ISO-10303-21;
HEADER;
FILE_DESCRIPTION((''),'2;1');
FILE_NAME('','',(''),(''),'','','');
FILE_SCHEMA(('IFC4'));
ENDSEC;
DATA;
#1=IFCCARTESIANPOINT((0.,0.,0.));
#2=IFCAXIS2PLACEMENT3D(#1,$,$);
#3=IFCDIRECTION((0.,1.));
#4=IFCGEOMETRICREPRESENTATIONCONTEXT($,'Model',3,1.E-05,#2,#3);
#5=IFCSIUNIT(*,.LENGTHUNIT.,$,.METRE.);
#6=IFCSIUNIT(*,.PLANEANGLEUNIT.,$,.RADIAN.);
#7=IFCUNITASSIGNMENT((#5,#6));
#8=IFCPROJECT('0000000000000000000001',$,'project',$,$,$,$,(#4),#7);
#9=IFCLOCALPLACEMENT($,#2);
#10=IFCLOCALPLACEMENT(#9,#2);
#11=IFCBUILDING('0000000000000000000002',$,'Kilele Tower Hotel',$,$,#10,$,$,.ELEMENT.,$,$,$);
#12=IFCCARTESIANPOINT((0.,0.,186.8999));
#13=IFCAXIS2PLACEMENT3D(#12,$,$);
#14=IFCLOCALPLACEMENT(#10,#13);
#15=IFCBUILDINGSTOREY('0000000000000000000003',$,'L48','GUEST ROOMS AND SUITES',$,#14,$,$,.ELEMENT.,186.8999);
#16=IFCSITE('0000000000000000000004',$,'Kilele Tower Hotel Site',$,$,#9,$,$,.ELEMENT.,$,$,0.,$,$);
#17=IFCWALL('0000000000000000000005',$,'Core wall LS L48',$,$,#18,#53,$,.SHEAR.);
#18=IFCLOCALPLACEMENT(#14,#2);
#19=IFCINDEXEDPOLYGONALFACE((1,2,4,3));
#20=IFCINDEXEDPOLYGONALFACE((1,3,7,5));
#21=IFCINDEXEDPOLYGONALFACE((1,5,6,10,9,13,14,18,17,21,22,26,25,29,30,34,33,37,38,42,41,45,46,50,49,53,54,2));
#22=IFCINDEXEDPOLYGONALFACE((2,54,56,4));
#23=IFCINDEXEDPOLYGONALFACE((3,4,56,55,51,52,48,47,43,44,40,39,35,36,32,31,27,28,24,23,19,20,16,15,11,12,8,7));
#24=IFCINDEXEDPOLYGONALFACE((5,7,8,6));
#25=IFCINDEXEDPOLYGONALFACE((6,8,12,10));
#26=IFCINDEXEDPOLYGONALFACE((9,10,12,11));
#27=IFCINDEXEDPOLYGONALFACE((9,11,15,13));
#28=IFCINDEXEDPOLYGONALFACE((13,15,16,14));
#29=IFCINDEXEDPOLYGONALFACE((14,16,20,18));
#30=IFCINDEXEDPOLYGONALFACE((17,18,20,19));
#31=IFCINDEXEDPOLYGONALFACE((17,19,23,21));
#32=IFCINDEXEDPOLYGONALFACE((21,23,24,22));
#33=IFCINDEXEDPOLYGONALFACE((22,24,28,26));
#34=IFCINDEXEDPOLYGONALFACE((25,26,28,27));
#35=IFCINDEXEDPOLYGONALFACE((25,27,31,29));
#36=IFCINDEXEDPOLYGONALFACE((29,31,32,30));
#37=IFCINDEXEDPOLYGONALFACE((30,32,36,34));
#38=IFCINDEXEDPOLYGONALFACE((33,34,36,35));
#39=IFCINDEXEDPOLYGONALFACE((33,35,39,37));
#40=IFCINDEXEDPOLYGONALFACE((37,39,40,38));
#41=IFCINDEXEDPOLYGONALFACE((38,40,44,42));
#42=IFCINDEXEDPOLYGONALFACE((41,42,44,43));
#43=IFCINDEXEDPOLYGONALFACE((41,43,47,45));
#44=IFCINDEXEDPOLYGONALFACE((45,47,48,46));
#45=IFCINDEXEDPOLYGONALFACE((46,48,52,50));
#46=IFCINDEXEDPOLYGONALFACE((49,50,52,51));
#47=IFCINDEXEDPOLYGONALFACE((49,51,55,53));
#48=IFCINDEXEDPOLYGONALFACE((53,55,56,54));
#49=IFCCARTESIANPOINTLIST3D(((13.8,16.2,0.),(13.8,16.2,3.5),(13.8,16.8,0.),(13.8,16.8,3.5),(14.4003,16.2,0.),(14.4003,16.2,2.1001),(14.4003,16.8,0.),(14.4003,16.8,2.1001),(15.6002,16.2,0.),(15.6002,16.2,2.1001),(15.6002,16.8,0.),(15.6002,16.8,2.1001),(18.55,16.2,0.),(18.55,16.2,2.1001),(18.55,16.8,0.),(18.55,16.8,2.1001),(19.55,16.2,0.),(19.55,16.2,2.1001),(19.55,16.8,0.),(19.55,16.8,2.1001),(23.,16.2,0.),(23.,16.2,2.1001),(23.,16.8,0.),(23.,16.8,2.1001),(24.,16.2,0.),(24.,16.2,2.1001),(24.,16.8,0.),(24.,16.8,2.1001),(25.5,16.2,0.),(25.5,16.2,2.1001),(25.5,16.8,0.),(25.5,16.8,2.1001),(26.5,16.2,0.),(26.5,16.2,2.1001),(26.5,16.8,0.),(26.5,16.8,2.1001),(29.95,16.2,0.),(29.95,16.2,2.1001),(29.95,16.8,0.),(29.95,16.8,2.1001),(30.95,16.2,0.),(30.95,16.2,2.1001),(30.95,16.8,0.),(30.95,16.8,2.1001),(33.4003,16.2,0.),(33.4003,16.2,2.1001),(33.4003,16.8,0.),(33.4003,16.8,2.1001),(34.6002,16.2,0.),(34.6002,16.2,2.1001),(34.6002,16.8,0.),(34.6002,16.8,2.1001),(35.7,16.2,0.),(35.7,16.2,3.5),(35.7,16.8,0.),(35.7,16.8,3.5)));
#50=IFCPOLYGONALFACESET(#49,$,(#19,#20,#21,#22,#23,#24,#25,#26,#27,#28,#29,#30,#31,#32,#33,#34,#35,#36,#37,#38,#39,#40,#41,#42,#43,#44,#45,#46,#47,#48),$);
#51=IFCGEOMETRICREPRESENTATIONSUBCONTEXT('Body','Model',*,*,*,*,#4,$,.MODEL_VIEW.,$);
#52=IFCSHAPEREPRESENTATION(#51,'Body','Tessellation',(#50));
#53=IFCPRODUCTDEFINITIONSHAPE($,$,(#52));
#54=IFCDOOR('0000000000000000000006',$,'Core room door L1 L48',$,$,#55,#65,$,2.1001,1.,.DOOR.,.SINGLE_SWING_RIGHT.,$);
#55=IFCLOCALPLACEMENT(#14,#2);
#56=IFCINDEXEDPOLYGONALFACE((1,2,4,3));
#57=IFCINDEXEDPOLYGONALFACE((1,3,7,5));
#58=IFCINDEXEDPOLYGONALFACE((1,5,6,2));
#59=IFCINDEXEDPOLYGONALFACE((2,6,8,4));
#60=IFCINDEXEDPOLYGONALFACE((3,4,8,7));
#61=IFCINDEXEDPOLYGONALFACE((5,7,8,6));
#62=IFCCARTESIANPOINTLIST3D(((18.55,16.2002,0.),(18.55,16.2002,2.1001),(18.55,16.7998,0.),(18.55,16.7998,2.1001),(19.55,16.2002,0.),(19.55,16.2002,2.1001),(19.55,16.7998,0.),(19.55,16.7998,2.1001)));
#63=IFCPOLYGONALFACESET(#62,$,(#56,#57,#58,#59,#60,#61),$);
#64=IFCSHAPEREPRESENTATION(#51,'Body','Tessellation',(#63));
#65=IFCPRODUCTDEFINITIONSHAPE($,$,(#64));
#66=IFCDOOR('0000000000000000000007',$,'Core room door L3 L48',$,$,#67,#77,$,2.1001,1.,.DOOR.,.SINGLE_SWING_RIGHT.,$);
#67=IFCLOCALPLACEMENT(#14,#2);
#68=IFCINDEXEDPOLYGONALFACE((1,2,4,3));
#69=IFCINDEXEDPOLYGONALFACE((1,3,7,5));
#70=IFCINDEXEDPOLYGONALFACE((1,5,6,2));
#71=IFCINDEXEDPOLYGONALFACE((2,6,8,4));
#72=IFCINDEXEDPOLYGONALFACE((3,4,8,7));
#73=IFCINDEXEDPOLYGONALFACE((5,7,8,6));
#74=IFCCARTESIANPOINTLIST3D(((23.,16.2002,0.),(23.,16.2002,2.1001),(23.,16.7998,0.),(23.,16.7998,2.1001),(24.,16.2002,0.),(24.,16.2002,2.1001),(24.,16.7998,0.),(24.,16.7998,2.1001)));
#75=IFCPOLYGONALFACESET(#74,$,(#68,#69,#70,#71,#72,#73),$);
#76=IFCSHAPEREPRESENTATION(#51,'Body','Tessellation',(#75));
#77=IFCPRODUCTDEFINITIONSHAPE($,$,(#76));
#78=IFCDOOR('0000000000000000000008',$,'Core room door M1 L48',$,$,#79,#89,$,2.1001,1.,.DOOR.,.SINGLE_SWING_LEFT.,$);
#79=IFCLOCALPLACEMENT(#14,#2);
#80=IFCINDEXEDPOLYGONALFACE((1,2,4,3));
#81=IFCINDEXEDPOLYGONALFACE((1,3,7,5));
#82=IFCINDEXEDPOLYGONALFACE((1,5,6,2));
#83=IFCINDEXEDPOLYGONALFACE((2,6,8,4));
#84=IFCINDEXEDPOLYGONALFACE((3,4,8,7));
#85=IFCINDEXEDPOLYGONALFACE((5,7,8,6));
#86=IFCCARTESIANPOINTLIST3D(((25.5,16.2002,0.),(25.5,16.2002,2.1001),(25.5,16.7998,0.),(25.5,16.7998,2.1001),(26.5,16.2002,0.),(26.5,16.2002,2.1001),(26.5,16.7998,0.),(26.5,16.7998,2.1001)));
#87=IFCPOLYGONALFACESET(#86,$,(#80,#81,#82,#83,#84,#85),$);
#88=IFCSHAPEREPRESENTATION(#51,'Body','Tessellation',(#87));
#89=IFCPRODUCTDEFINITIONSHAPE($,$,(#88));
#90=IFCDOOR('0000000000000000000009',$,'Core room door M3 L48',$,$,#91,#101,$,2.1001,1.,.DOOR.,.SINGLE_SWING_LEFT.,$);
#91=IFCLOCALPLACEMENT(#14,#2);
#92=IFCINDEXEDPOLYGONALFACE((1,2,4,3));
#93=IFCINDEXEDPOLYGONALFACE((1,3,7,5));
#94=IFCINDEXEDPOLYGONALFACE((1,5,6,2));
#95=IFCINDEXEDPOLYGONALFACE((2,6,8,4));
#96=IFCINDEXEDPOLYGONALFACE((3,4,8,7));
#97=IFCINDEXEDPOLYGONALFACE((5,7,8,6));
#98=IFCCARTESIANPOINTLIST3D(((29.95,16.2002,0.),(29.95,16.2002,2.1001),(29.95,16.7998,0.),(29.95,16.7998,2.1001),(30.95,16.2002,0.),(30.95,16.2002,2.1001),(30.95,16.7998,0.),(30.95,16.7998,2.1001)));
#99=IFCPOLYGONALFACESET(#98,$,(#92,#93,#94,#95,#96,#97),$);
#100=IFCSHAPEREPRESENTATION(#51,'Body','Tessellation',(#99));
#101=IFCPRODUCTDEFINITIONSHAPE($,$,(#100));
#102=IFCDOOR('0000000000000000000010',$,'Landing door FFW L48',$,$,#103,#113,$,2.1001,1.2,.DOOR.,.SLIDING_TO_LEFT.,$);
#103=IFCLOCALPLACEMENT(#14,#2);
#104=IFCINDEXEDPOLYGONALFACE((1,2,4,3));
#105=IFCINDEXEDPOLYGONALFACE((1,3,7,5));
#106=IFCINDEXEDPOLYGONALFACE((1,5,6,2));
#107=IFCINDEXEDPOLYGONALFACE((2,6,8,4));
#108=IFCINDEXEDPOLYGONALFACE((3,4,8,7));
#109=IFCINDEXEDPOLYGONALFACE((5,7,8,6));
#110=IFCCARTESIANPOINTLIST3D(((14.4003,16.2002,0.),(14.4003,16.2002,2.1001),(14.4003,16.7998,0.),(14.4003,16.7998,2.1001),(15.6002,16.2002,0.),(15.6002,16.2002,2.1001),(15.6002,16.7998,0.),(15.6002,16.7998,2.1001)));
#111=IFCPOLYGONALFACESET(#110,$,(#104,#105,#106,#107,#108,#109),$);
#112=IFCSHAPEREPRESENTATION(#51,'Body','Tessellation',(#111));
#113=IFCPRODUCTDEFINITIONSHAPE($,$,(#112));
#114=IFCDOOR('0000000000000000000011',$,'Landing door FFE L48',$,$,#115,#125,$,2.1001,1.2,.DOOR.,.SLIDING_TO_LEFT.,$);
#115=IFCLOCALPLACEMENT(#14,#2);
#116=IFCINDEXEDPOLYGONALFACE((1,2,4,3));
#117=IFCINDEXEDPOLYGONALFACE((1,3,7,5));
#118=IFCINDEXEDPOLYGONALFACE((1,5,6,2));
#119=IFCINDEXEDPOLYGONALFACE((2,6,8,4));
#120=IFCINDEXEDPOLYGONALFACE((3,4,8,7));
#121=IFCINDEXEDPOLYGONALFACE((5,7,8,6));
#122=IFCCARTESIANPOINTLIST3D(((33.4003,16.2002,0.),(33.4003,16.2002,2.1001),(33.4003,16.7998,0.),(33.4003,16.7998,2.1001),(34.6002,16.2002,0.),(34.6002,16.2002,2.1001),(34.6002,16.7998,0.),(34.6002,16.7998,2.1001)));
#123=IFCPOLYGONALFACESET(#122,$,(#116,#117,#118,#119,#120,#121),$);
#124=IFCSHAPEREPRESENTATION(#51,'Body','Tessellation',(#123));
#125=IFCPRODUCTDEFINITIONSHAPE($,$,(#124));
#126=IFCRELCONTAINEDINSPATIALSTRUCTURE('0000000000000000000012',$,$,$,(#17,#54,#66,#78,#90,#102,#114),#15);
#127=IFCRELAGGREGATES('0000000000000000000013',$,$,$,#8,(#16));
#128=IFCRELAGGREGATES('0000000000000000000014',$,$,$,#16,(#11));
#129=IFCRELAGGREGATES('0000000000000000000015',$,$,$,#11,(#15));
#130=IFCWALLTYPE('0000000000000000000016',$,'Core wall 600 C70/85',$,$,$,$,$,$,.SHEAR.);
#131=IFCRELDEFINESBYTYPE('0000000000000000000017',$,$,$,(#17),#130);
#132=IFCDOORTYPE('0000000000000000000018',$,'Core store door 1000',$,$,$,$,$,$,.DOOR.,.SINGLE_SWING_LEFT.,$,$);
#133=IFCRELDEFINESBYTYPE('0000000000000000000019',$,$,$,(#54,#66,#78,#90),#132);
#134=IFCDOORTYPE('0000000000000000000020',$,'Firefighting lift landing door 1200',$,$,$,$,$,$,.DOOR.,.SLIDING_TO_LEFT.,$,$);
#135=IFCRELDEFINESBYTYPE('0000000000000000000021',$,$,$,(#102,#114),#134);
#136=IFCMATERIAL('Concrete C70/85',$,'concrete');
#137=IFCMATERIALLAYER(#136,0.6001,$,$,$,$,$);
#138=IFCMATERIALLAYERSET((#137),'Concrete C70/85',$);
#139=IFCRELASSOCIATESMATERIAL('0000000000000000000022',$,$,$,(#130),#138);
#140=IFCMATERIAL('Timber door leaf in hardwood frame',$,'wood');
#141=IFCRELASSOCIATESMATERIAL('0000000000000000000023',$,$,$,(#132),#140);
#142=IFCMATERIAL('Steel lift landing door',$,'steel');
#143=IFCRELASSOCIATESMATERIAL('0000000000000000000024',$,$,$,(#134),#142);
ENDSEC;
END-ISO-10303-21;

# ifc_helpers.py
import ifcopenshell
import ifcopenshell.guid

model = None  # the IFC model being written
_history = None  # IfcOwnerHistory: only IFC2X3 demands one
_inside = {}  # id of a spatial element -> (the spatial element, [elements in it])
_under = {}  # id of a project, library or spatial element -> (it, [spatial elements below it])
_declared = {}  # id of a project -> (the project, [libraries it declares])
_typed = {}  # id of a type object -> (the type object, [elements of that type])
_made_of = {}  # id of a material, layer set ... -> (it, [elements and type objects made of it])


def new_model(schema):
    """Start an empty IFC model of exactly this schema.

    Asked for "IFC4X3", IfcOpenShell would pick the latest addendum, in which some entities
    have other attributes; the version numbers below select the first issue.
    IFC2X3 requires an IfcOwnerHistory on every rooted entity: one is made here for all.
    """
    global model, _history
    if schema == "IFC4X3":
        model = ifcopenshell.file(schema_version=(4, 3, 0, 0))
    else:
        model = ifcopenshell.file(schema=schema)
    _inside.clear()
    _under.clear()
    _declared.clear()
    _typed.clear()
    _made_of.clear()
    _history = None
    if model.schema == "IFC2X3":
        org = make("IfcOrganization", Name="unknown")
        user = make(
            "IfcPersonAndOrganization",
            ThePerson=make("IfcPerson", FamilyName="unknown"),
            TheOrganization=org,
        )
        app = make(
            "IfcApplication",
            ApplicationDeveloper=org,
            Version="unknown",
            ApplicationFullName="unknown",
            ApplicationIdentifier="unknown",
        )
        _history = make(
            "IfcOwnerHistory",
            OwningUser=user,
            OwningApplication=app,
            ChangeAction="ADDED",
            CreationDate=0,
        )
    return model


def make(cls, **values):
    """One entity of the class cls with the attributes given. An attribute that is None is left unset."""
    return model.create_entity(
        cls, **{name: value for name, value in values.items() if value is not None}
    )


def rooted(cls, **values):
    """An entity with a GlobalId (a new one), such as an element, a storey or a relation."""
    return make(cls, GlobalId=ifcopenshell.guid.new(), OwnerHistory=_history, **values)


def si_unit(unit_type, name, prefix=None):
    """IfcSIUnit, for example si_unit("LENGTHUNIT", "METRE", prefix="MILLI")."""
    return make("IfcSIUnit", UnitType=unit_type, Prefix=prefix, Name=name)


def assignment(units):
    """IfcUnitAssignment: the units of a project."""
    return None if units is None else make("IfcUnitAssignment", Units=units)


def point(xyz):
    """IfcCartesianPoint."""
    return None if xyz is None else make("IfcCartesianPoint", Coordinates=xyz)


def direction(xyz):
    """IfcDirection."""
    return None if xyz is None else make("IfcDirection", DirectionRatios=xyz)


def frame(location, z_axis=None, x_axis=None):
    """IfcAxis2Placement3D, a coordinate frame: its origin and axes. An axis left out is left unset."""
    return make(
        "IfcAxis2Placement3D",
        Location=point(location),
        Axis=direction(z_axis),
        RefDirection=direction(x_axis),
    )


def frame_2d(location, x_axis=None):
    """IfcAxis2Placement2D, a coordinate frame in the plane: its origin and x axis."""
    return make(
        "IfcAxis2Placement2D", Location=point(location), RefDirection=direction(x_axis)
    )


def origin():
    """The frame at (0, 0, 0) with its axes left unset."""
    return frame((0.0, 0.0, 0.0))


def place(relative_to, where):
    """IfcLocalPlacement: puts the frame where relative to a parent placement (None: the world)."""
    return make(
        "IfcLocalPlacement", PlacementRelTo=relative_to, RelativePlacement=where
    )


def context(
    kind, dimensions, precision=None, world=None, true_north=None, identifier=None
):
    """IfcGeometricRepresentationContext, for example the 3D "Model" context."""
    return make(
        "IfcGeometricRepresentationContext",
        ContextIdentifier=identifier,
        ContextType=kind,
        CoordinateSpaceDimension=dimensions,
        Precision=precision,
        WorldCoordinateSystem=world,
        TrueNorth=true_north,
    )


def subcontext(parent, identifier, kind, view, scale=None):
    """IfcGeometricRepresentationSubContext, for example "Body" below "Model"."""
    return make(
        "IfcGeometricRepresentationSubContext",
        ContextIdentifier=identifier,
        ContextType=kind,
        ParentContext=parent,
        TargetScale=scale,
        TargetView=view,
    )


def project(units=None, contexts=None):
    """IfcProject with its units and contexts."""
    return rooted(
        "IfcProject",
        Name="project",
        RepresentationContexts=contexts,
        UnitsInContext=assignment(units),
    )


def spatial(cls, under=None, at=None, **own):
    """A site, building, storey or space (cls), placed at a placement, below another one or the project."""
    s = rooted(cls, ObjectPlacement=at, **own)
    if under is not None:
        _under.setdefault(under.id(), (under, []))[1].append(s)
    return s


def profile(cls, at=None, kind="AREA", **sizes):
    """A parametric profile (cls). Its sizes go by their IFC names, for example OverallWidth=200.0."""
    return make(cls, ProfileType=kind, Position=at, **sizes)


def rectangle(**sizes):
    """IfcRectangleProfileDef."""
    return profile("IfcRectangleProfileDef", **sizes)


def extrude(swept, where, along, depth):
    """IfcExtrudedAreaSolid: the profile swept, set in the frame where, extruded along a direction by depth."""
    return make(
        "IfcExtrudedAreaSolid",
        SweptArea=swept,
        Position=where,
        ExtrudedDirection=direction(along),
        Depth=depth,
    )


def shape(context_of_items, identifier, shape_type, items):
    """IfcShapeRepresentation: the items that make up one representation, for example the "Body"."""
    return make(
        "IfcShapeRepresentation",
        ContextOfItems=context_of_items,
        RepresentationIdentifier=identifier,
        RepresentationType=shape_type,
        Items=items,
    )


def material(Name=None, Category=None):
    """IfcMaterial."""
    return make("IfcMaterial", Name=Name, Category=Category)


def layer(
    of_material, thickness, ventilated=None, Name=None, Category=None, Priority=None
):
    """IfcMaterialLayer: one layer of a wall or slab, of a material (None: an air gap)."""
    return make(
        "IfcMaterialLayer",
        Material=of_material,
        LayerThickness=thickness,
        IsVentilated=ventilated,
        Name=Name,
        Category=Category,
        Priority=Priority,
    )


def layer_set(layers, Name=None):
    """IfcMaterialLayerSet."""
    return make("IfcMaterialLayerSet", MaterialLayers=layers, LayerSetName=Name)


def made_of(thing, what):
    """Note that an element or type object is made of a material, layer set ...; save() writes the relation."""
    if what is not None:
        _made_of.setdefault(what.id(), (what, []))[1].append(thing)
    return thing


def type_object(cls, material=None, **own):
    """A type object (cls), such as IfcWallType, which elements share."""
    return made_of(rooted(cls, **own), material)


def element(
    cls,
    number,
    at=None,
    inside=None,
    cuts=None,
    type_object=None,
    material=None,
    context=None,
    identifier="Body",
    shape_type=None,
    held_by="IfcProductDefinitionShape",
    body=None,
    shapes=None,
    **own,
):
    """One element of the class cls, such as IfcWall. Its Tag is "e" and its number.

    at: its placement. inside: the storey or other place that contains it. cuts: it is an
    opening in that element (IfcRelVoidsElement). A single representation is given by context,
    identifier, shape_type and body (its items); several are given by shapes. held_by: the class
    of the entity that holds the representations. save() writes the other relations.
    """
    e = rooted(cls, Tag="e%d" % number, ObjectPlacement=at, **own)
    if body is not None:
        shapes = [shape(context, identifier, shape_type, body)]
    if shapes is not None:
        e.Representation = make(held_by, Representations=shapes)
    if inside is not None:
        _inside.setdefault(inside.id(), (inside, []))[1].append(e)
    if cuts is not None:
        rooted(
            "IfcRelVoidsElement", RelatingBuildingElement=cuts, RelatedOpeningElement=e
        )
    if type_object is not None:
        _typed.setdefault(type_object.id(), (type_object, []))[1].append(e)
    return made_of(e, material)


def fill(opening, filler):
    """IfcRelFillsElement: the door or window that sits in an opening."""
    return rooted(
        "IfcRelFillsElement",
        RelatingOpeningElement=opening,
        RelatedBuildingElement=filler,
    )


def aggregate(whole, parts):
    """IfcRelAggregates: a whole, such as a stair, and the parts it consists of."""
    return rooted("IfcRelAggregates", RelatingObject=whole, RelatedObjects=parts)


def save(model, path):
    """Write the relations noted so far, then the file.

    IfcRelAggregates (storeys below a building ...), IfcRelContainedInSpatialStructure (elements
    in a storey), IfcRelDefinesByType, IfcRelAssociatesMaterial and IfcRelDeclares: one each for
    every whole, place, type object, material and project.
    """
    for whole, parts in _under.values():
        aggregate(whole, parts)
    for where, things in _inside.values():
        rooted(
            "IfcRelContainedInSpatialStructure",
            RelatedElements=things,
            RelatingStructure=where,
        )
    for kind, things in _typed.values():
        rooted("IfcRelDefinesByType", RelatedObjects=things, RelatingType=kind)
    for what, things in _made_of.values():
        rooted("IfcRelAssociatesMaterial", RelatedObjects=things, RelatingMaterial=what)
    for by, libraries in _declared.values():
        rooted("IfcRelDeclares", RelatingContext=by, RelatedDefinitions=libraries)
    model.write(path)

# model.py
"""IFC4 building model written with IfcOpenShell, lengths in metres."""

from ifc_helpers import new_model, si_unit, direction, frame, frame_2d, origin, place, context, subcontext, project, spatial, rectangle, extrude, material, layer, layer_set, type_object, element, fill, save


model = new_model("IFC4")

# Units and contexts
model_context = context("Model", 3, precision=1e-05, world=origin(), true_north=direction((0.0, 1.0)))
body_context = subcontext(model_context, "Body", "Model", "MODEL_VIEW")
ifc_project = project(units=[si_unit("LENGTHUNIT", "METRE"), si_unit("PLANEANGLEUNIT", "RADIAN")], contexts=[model_context])

# Site, building, storey
site_placement = place(None, origin())
site = spatial("IfcSite", under=ifc_project, at=site_placement, Name="Kilele Tower Hotel Site", CompositionType="ELEMENT", RefElevation=0.0)
building_placement = place(site_placement, origin())
building = spatial("IfcBuilding", under=site, at=building_placement, Name="Kilele Tower Hotel", CompositionType="ELEMENT")
storey_placement = place(building_placement, frame((0.0, 0.0, 186.8999)))
storey = spatial("IfcBuildingStorey", under=building, at=storey_placement, Name="L48", Description="GUEST ROOMS AND SUITES", CompositionType="ELEMENT", Elevation=186.8999)

# Wall, openings, doors
ifc_material_1 = material(Name="Concrete C70/85", Category="concrete")
ifc_layer = layer(ifc_material_1, 0.6001)
ifc_layer_set = layer_set([ifc_layer], Name="Concrete C70/85")
wall_type = type_object("IfcWallType", Name="Core wall 600 C70/85", PredefinedType="SHEAR", material=ifc_layer_set)
wall_1_placement = place(storey_placement, frame((13.8, 16.5, 0.0), z_axis=(0.0, 0.0, 1.0), x_axis=(1.0, 0.0, 0.0)))
wall_1 = element("IfcWall", 1, at=wall_1_placement, inside=storey, type_object=wall_type, Name="Core wall LS L48", PredefinedType="SHEAR", context=body_context, shape_type="SweptSolid", body=[
    extrude(rectangle(XDim=21.8999, YDim=0.6001, at=frame_2d((10.95, 0.0))), origin(), (0.0, 0.0, 1.0), 3.5),
])
opening_1_placement = place(wall_1_placement, frame((5.75, 0.0, 0.0), z_axis=(0.0, 0.0, 1.0), x_axis=(-1.0, 0.0, 0.0)))
opening_1 = element("IfcOpeningElement", 2, at=opening_1_placement, cuts=wall_1, PredefinedType="OPENING", context=body_context, shape_type="SweptSolid", body=[
    extrude(rectangle(XDim=1.0, YDim=2.1001, at=frame_2d((0.5, 1.05))), frame((0.0, 0.3101, 0.0), z_axis=(0.0, -1.0, 0.0), x_axis=(1.0, 0.0, 0.0)), (0.0, 0.0, 1.0), 0.6201),
])
opening_2_placement = place(wall_1_placement, frame((10.2, 0.0, 0.0), z_axis=(0.0, 0.0, 1.0), x_axis=(-1.0, 0.0, 0.0)))
opening_2 = element("IfcOpeningElement", 3, at=opening_2_placement, cuts=wall_1, PredefinedType="OPENING", context=body_context, shape_type="SweptSolid", body=[
    extrude(rectangle(XDim=1.0, YDim=2.1001, at=frame_2d((0.5, 1.05))), frame((0.0, 0.3101, 0.0), z_axis=(0.0, -1.0, 0.0), x_axis=(1.0, 0.0, 0.0)), (0.0, 0.0, 1.0), 0.6201),
])
opening_3_placement = place(wall_1_placement, frame((12.7, 0.0, 0.0), z_axis=(0.0, 0.0, 1.0), x_axis=(-1.0, 0.0, 0.0)))
opening_3 = element("IfcOpeningElement", 4, at=opening_3_placement, cuts=wall_1, PredefinedType="OPENING", context=body_context, shape_type="SweptSolid", body=[
    extrude(rectangle(XDim=1.0, YDim=2.1001, at=frame_2d((0.5, 1.05))), frame((0.0, 0.3101, 0.0), z_axis=(0.0, -1.0, 0.0), x_axis=(1.0, 0.0, 0.0)), (0.0, 0.0, 1.0), 0.6201),
])
opening_4_placement = place(wall_1_placement, frame((17.1499, 0.0, 0.0), z_axis=(0.0, 0.0, 1.0), x_axis=(-1.0, 0.0, 0.0)))
opening_4 = element("IfcOpeningElement", 5, at=opening_4_placement, cuts=wall_1, PredefinedType="OPENING", context=body_context, shape_type="SweptSolid", body=[
    extrude(rectangle(XDim=1.0, YDim=2.1001, at=frame_2d((0.5, 1.05))), frame((0.0, 0.3101, 0.0), z_axis=(0.0, -1.0, 0.0), x_axis=(1.0, 0.0, 0.0)), (0.0, 0.0, 1.0), 0.6201),
])
opening_5_placement = place(wall_1_placement, frame((0.6001, 0.0, 0.0)))
opening_5 = element("IfcOpeningElement", 6, at=opening_5_placement, cuts=wall_1, PredefinedType="OPENING", context=body_context, shape_type="SweptSolid", body=[
    extrude(rectangle(XDim=1.2, YDim=2.1001, at=frame_2d((0.6001, 1.05))), frame((0.0, 0.3101, 0.0), z_axis=(0.0, -1.0, 0.0), x_axis=(1.0, 0.0, 0.0)), (0.0, 0.0, 1.0), 0.6201),
])
opening_6_placement = place(wall_1_placement, frame((19.6001, 0.0, 0.0)))
opening_6 = element("IfcOpeningElement", 7, at=opening_6_placement, cuts=wall_1, PredefinedType="OPENING", context=body_context, shape_type="SweptSolid", body=[
    extrude(rectangle(XDim=1.2, YDim=2.1001, at=frame_2d((0.6001, 1.05))), frame((0.0, 0.3101, 0.0), z_axis=(0.0, -1.0, 0.0), x_axis=(1.0, 0.0, 0.0)), (0.0, 0.0, 1.0), 0.6201),
])
ifc_material_2 = material(Name="Timber door leaf in hardwood frame", Category="wood")
door_type_1 = type_object("IfcDoorType", Name="Core store door 1000", OperationType="SINGLE_SWING_LEFT", PredefinedType="DOOR", material=ifc_material_2)
door_1_placement = place(opening_1_placement, origin())
door_1 = element("IfcDoor", 8, at=door_1_placement, inside=storey, type_object=door_type_1, Name="Core room door L1 L48", OperationType="SINGLE_SWING_RIGHT", OverallHeight=2.1001, OverallWidth=1.0, PredefinedType="DOOR", context=body_context, shape_type="SweptSolid", body=[
    extrude(rectangle(XDim=1.0, YDim=2.1001, at=frame_2d((0.5, 1.05))), frame((0.0, 0.2998, 0.0), z_axis=(0.0, -1.0, 0.0), x_axis=(1.0, 0.0, 0.0)), (0.0, 0.0, 1.0), 0.5996),
])
fill(opening_1, door_1)
door_2_placement = place(opening_2_placement, origin())
door_2 = element("IfcDoor", 9, at=door_2_placement, inside=storey, type_object=door_type_1, Name="Core room door L3 L48", OperationType="SINGLE_SWING_RIGHT", OverallHeight=2.1001, OverallWidth=1.0, PredefinedType="DOOR", context=body_context, shape_type="SweptSolid", body=[
    extrude(rectangle(XDim=1.0, YDim=2.1001, at=frame_2d((0.5, 1.05))), frame((0.0, 0.2998, 0.0), z_axis=(0.0, -1.0, 0.0), x_axis=(1.0, 0.0, 0.0)), (0.0, 0.0, 1.0), 0.5996),
])
fill(opening_2, door_2)
door_3_placement = place(opening_3_placement, origin())
door_3 = element("IfcDoor", 10, at=door_3_placement, inside=storey, type_object=door_type_1, Name="Core room door M1 L48", OperationType="SINGLE_SWING_LEFT", OverallHeight=2.1001, OverallWidth=1.0, PredefinedType="DOOR", context=body_context, shape_type="SweptSolid", body=[
    extrude(rectangle(XDim=1.0, YDim=2.1001, at=frame_2d((0.5, 1.05))), frame((0.0, 0.2998, 0.0), z_axis=(0.0, -1.0, 0.0), x_axis=(1.0, 0.0, 0.0)), (0.0, 0.0, 1.0), 0.5996),
])
fill(opening_3, door_3)
door_4_placement = place(opening_4_placement, origin())
door_4 = element("IfcDoor", 11, at=door_4_placement, inside=storey, type_object=door_type_1, Name="Core room door M3 L48", OperationType="SINGLE_SWING_LEFT", OverallHeight=2.1001, OverallWidth=1.0, PredefinedType="DOOR", context=body_context, shape_type="SweptSolid", body=[
    extrude(rectangle(XDim=1.0, YDim=2.1001, at=frame_2d((0.5, 1.05))), frame((0.0, 0.2998, 0.0), z_axis=(0.0, -1.0, 0.0), x_axis=(1.0, 0.0, 0.0)), (0.0, 0.0, 1.0), 0.5996),
])
fill(opening_4, door_4)
ifc_material_3 = material(Name="Steel lift landing door", Category="steel")
door_type_2 = type_object("IfcDoorType", Name="Firefighting lift landing door 1200", OperationType="SLIDING_TO_LEFT", PredefinedType="DOOR", material=ifc_material_3)
door_5_placement = place(opening_5_placement, origin())
door_5 = element("IfcDoor", 12, at=door_5_placement, inside=storey, type_object=door_type_2, Name="Landing door FFW L48", OperationType="SLIDING_TO_LEFT", OverallHeight=2.1001, OverallWidth=1.2, PredefinedType="DOOR", context=body_context, shape_type="SweptSolid", body=[
    extrude(rectangle(XDim=1.2, YDim=2.1001, at=frame_2d((0.6001, 1.05))), frame((0.0, 0.2998, 0.0), z_axis=(0.0, -1.0, 0.0), x_axis=(1.0, 0.0, 0.0)), (0.0, 0.0, 1.0), 0.5996),
])
fill(opening_5, door_5)
door_6_placement = place(opening_6_placement, origin())
door_6 = element("IfcDoor", 13, at=door_6_placement, inside=storey, type_object=door_type_2, Name="Landing door FFE L48", OperationType="SLIDING_TO_LEFT", OverallHeight=2.1001, OverallWidth=1.2, PredefinedType="DOOR", context=body_context, shape_type="SweptSolid", body=[
    extrude(rectangle(XDim=1.2, YDim=2.1001, at=frame_2d((0.6001, 1.05))), frame((0.0, 0.2998, 0.0), z_axis=(0.0, -1.0, 0.0), x_axis=(1.0, 0.0, 0.0)), (0.0, 0.0, 1.0), 0.5996),
])
fill(opening_6, door_6)

save(model, "model.ifc")
